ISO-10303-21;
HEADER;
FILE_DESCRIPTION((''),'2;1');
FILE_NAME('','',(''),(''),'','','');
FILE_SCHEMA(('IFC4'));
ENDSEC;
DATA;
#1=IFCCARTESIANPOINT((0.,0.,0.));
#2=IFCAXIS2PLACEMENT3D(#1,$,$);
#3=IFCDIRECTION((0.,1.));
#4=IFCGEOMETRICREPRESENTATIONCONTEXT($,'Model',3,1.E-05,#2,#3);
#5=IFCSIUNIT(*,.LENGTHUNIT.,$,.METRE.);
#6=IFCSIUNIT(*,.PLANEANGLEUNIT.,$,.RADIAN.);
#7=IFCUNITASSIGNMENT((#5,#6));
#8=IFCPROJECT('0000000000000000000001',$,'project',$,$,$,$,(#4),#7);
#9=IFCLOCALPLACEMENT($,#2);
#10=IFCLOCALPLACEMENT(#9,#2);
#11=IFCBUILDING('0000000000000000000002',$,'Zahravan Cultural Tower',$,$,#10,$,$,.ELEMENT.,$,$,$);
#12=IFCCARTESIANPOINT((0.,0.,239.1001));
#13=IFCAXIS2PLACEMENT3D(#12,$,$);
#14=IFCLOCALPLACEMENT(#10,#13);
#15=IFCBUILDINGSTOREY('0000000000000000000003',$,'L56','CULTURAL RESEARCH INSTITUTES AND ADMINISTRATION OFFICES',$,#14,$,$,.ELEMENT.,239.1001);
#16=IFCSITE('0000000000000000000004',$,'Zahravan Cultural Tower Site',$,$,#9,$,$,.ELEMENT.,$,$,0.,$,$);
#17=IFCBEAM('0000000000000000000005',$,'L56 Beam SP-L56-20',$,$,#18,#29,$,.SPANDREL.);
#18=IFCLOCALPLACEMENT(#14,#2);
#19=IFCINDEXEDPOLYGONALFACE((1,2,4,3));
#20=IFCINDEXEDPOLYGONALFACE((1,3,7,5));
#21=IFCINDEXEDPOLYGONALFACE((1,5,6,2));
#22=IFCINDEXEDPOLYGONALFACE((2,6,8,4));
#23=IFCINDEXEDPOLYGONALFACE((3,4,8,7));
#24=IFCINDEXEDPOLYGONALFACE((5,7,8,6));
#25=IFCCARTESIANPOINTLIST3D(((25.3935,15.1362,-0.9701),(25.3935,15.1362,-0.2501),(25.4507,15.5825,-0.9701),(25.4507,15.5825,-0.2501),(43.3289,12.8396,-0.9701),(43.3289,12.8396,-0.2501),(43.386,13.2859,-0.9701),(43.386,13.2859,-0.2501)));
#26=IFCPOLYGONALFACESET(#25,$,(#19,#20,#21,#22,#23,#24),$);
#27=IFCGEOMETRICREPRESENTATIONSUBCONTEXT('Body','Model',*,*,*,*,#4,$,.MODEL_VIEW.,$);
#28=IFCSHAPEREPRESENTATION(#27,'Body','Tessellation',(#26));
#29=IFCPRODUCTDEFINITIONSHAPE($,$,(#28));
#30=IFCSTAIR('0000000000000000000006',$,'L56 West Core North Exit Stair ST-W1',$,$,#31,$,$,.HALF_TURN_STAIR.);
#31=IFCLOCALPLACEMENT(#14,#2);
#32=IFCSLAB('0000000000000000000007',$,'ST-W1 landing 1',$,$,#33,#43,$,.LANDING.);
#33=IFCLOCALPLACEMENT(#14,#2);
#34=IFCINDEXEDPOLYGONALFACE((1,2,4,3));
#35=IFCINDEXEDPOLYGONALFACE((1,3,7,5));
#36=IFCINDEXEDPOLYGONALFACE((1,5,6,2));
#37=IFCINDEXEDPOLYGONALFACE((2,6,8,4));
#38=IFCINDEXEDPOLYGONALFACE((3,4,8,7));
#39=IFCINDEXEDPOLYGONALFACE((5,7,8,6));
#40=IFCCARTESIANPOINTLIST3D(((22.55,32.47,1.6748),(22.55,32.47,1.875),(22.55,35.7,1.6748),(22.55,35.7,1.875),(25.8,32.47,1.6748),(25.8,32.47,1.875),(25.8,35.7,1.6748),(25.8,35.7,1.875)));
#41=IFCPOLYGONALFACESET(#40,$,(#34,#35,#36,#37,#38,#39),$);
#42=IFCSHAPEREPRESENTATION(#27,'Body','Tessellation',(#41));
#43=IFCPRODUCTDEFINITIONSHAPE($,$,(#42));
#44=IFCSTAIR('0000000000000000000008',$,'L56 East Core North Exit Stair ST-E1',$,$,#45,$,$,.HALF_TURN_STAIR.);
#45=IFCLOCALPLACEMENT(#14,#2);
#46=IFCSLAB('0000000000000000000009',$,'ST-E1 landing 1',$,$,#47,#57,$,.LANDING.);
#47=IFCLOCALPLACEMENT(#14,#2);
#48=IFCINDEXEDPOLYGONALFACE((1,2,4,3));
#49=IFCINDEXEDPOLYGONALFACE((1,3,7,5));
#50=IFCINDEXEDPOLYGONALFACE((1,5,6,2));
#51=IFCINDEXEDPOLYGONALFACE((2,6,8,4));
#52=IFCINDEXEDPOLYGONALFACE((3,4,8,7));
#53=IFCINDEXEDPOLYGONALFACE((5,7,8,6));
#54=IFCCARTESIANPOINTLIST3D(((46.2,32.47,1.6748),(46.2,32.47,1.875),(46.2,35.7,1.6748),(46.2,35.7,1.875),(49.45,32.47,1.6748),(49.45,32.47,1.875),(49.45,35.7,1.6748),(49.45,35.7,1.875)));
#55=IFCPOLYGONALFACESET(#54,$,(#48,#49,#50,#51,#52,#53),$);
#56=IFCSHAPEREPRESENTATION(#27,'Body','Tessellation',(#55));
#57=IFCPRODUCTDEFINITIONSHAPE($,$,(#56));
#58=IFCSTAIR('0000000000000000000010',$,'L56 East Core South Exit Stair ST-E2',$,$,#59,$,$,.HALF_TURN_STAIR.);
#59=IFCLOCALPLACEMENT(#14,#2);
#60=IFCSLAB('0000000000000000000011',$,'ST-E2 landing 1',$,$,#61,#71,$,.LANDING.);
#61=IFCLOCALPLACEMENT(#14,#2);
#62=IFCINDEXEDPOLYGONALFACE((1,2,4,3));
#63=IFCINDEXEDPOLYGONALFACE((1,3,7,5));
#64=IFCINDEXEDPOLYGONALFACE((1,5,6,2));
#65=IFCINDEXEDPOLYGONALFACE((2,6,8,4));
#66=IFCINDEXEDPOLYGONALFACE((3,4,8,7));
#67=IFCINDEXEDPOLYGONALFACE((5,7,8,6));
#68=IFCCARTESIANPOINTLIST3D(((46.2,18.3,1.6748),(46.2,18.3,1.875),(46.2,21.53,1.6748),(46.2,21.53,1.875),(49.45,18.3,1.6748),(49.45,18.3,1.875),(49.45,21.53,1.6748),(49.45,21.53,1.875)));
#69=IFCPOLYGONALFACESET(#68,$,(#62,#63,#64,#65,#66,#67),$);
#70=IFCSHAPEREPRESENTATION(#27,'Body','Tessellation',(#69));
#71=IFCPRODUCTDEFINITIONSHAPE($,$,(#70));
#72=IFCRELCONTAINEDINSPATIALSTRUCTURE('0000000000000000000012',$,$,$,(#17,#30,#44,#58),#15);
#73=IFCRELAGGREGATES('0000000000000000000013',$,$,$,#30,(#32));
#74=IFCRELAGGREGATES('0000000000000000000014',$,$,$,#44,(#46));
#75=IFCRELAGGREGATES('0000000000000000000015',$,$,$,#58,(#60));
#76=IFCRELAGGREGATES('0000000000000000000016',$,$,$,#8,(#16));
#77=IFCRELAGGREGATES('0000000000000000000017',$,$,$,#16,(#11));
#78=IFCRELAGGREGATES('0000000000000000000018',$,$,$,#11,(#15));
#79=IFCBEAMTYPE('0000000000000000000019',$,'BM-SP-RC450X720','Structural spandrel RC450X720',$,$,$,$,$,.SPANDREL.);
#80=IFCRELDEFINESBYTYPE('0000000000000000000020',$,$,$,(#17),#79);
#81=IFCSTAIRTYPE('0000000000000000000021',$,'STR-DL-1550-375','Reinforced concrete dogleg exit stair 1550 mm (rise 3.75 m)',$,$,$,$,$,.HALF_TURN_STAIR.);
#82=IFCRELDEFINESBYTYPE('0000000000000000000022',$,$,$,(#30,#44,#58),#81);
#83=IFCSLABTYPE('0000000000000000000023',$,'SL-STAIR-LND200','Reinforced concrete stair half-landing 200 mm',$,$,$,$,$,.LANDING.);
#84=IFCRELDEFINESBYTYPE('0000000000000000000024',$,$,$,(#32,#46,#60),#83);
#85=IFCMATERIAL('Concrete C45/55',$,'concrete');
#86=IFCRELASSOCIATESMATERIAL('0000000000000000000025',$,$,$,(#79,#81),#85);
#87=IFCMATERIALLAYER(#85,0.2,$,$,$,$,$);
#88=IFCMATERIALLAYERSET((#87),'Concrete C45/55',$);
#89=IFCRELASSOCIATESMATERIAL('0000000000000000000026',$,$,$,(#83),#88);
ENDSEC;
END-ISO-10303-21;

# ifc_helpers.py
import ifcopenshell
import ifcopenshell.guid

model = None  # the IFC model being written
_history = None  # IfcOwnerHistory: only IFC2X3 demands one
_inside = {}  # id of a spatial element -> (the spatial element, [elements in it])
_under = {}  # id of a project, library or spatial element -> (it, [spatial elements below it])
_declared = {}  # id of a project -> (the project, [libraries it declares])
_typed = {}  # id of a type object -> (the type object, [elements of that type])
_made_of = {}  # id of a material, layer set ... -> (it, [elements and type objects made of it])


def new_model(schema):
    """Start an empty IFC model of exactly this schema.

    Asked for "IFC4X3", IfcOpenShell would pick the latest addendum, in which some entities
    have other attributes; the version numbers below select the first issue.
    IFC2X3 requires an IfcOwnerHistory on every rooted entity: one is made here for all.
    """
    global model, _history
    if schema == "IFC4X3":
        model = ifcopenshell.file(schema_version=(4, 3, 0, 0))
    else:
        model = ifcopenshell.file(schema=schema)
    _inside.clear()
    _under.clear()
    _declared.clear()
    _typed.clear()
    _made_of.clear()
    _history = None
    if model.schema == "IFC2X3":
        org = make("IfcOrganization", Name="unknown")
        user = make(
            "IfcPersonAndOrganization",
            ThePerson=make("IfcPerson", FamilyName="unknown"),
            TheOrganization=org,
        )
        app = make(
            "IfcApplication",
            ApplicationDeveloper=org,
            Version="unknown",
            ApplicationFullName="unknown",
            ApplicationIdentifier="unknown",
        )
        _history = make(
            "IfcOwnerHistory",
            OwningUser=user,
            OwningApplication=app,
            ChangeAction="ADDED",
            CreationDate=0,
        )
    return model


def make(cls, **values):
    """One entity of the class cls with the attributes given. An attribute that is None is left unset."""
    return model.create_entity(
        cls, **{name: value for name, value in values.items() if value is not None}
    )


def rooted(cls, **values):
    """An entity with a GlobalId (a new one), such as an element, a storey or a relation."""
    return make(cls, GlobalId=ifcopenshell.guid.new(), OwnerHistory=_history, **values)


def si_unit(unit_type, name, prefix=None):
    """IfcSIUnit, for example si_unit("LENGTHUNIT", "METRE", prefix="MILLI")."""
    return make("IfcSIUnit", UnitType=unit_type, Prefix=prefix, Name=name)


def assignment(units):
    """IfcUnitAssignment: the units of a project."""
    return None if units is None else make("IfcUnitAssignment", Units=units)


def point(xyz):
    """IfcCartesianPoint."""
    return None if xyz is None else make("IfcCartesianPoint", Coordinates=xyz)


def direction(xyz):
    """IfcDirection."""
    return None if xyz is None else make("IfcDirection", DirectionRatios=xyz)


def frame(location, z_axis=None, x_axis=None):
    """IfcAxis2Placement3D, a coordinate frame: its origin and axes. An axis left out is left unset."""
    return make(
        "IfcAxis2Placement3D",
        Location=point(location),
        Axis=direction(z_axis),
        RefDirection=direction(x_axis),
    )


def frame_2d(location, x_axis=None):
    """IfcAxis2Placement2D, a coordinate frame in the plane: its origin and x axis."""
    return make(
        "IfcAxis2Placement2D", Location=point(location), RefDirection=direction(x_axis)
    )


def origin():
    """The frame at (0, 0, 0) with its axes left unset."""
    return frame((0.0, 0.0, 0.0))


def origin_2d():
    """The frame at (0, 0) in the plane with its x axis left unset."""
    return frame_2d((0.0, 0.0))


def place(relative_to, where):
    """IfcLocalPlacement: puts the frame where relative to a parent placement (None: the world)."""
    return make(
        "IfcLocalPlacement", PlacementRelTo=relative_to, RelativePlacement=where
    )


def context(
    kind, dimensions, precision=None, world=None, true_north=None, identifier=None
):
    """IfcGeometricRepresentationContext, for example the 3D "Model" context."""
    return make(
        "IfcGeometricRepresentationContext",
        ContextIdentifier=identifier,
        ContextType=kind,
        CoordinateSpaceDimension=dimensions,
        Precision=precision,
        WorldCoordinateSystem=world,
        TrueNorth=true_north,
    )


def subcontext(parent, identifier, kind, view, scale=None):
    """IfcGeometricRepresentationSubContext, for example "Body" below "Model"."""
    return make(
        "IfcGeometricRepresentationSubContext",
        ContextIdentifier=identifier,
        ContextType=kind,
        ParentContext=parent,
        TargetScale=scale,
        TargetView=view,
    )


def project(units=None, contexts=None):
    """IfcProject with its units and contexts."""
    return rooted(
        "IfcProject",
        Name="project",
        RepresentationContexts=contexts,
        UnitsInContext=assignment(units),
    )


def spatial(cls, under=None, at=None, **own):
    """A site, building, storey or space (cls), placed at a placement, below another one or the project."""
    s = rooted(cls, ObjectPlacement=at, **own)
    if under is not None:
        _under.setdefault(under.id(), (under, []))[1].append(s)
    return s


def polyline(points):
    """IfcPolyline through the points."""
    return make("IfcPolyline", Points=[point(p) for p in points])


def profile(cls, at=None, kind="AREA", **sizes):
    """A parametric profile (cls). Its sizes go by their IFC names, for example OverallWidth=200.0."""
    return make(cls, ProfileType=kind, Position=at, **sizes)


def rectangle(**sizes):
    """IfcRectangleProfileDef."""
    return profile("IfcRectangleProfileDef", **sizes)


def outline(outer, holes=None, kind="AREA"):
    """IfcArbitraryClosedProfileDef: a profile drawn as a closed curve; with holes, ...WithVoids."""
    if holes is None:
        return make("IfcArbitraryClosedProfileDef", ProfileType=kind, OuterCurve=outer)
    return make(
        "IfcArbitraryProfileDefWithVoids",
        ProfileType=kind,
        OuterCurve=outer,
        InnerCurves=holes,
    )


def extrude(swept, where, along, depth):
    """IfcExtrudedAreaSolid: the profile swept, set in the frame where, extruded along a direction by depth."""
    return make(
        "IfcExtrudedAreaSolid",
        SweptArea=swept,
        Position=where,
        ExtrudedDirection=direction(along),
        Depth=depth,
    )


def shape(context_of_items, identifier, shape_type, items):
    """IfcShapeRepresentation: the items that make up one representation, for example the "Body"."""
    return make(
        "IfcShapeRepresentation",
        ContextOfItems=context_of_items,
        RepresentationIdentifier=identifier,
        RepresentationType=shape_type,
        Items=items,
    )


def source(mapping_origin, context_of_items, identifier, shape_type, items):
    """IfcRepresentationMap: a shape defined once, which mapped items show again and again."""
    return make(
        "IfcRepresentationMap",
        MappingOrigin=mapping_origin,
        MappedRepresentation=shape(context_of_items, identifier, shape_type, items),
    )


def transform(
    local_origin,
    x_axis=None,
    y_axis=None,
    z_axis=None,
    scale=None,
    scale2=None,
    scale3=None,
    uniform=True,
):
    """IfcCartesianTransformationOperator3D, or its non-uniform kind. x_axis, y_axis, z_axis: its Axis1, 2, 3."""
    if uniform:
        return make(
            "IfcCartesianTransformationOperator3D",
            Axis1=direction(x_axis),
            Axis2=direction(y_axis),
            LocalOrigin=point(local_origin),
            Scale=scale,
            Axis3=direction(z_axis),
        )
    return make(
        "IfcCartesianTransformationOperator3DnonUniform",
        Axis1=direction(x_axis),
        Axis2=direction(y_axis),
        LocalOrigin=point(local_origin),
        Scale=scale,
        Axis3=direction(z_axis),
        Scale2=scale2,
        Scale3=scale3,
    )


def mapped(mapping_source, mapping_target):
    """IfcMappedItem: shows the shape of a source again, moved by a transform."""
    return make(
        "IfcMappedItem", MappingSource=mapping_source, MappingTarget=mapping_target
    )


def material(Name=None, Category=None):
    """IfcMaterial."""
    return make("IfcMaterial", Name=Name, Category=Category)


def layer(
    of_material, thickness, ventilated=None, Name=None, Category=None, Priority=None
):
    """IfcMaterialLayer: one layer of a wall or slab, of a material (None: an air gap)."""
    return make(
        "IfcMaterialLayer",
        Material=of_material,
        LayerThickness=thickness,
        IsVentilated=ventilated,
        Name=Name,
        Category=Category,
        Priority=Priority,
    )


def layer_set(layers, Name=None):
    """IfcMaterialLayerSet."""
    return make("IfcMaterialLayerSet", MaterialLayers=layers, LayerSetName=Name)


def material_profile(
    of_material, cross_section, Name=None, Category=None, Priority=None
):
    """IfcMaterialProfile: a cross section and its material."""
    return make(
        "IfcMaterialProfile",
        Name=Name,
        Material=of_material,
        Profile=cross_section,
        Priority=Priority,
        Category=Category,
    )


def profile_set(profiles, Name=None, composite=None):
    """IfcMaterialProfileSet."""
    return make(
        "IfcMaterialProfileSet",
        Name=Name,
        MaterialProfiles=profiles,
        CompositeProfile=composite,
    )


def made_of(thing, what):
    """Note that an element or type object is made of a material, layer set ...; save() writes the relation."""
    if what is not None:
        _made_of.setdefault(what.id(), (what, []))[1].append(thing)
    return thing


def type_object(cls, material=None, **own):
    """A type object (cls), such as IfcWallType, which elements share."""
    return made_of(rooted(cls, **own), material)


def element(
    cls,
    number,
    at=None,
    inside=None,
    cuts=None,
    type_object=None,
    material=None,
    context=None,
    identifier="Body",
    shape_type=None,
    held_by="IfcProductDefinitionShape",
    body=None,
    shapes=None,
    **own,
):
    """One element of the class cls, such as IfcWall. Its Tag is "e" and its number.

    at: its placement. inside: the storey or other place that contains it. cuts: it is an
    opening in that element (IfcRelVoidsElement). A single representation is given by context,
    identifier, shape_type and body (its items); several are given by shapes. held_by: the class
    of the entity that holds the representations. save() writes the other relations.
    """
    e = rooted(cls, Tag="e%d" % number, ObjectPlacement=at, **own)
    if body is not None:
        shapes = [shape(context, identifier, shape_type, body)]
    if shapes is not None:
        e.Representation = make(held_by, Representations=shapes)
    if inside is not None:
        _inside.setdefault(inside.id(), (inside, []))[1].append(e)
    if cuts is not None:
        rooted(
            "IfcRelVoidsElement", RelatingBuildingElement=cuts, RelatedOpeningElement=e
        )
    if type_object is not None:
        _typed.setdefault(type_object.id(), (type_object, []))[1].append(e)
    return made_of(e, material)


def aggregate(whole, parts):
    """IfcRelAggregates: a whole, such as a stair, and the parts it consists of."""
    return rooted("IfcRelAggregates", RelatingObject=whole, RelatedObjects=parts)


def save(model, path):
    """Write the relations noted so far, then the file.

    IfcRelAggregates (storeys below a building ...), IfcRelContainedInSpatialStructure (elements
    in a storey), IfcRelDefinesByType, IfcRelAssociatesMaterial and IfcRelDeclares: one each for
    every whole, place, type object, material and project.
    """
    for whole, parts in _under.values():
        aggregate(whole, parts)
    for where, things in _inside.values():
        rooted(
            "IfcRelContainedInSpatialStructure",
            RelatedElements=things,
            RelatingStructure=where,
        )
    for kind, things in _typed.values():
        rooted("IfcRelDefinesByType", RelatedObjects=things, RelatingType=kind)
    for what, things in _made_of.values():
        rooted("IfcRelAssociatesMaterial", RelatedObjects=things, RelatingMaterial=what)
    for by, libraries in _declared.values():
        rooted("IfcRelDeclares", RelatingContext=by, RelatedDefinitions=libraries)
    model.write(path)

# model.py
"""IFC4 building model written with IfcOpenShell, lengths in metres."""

from ifc_helpers import new_model, si_unit, direction, frame, origin, origin_2d, place, context, subcontext, project, spatial, polyline, rectangle, outline, extrude, source, transform, mapped, material, layer, layer_set, material_profile, profile_set, type_object, element, aggregate, save


model = new_model("IFC4")

# Units and contexts
model_context = context("Model", 3, precision=1e-05, world=origin(), true_north=direction((0.0, 1.0)))
body_context = subcontext(model_context, "Body", "Model", "MODEL_VIEW")
ifc_project = project(units=[si_unit("LENGTHUNIT", "METRE"), si_unit("PLANEANGLEUNIT", "RADIAN")], contexts=[model_context])

# Site, building, storey
site_placement = place(None, origin())
site = spatial("IfcSite", under=ifc_project, at=site_placement, Name="Zahravan Cultural Tower Site", CompositionType="ELEMENT", RefElevation=0.0)
building_placement = place(site_placement, origin())
building = spatial("IfcBuilding", under=site, at=building_placement, Name="Zahravan Cultural Tower", CompositionType="ELEMENT")
storey_placement = place(building_placement, frame((0.0, 0.0, 239.1001)))
storey = spatial("IfcBuildingStorey", under=building, at=storey_placement, Name="L56", Description="CULTURAL RESEARCH INSTITUTES AND ADMINISTRATION OFFICES", CompositionType="ELEMENT", Elevation=239.1001)

# Beam
ifc_material_1 = material(Name="Concrete C45/55", Category="concrete")
ifc_material_profile_1 = material_profile(ifc_material_1, rectangle(XDim=0.45, YDim=0.72, at=origin_2d()), Name="RC450X720")
ifc_profile_set_1 = profile_set([ifc_material_profile_1], Name="Concrete C45/55")
beam_type_1 = type_object("IfcBeamType", Name="BM-SP-RC450X720", Description="Structural spandrel RC450X720", PredefinedType="SPANDREL", material=ifc_profile_set_1)
shared_shape_1 = source(origin(), body_context, "Body", "SweptSolid", [
    extrude(rectangle(XDim=0.45, YDim=0.72, at=origin_2d()), origin(), (0.0, 0.0, 1.0), 18.0818),
])
beam_1_placement = place(storey_placement, frame((25.4221, 15.3594, -0.6101), z_axis=(0.991901, -0.127014, 0.0), x_axis=(0.127014, 0.991901, 0.0)))
element("IfcBeam", 1, at=beam_1_placement, inside=storey, type_object=beam_type_1, Name="L56 Beam SP-L56-20", PredefinedType="SPANDREL", context=body_context, shape_type="MappedRepresentation", body=[
    mapped(shared_shape_1, transform((0.0, 0.0, 0.0), x_axis=(1.0, 0.0, 0.0), y_axis=(0.0, 1.0, 0.0), z_axis=(0.0, 0.0, 1.0), scale=1.0)),
])

# Stairs, slabs
stair_type = type_object("IfcStairType", Name="STR-DL-1550-375", Description="Reinforced concrete dogleg exit stair 1550 mm (rise 3.75 m)", PredefinedType="HALF_TURN_STAIR", material=ifc_material_1)
stair_1_placement = place(storey_placement, origin())
stair_1 = element("IfcStair", 2, at=stair_1_placement, inside=storey, type_object=stair_type, Name="L56 West Core North Exit Stair ST-W1", PredefinedType="HALF_TURN_STAIR")
ifc_layer_1 = layer(ifc_material_1, 0.2)
ifc_layer_set_1 = layer_set([ifc_layer_1], Name="Concrete C45/55")
slab_type_1 = type_object("IfcSlabType", Name="SL-STAIR-LND200", Description="Reinforced concrete stair half-landing 200 mm", PredefinedType="LANDING", material=ifc_layer_set_1)
slab_1_placement = place(storey_placement, frame((0.0, 0.0, 1.6748)))
slab_1 = element("IfcSlab", 3, at=slab_1_placement, type_object=slab_type_1, Name="ST-W1 landing 1", PredefinedType="LANDING", context=body_context, shape_type="SweptSolid", body=[
    extrude(outline(polyline([(25.8, 32.47), (25.8, 35.7), (22.55, 35.7), (22.55, 32.47), (25.8, 32.47)])), origin(), (0.0, 0.0, 1.0), 0.2002),
])
aggregate(stair_1, [slab_1])
stair_2_placement = place(storey_placement, origin())
stair_2 = element("IfcStair", 4, at=stair_2_placement, inside=storey, type_object=stair_type, Name="L56 East Core North Exit Stair ST-E1", PredefinedType="HALF_TURN_STAIR")
slab_2_placement = place(storey_placement, frame((0.0, 0.0, 1.6748)))
slab_2 = element("IfcSlab", 5, at=slab_2_placement, type_object=slab_type_1, Name="ST-E1 landing 1", PredefinedType="LANDING", context=body_context, shape_type="SweptSolid", body=[
    extrude(outline(polyline([(49.45, 32.47), (49.45, 35.7), (46.2, 35.7), (46.2, 32.47), (49.45, 32.47)])), origin(), (0.0, 0.0, 1.0), 0.2002),
])
aggregate(stair_2, [slab_2])
stair_3_placement = place(storey_placement, origin())
stair_3 = element("IfcStair", 6, at=stair_3_placement, inside=storey, type_object=stair_type, Name="L56 East Core South Exit Stair ST-E2", PredefinedType="HALF_TURN_STAIR")
slab_3_placement = place(storey_placement, frame((0.0, 0.0, 1.6748)))
slab_3 = element("IfcSlab", 7, at=slab_3_placement, type_object=slab_type_1, Name="ST-E2 landing 1", PredefinedType="LANDING", context=body_context, shape_type="SweptSolid", body=[
    extrude(outline(polyline([(46.2, 21.53), (46.2, 18.3), (49.45, 18.3), (49.45, 21.53), (46.2, 21.53)])), origin(), (0.0, 0.0, 1.0), 0.2002),
])
aggregate(stair_3, [slab_3])

save(model, "model.ifc")
